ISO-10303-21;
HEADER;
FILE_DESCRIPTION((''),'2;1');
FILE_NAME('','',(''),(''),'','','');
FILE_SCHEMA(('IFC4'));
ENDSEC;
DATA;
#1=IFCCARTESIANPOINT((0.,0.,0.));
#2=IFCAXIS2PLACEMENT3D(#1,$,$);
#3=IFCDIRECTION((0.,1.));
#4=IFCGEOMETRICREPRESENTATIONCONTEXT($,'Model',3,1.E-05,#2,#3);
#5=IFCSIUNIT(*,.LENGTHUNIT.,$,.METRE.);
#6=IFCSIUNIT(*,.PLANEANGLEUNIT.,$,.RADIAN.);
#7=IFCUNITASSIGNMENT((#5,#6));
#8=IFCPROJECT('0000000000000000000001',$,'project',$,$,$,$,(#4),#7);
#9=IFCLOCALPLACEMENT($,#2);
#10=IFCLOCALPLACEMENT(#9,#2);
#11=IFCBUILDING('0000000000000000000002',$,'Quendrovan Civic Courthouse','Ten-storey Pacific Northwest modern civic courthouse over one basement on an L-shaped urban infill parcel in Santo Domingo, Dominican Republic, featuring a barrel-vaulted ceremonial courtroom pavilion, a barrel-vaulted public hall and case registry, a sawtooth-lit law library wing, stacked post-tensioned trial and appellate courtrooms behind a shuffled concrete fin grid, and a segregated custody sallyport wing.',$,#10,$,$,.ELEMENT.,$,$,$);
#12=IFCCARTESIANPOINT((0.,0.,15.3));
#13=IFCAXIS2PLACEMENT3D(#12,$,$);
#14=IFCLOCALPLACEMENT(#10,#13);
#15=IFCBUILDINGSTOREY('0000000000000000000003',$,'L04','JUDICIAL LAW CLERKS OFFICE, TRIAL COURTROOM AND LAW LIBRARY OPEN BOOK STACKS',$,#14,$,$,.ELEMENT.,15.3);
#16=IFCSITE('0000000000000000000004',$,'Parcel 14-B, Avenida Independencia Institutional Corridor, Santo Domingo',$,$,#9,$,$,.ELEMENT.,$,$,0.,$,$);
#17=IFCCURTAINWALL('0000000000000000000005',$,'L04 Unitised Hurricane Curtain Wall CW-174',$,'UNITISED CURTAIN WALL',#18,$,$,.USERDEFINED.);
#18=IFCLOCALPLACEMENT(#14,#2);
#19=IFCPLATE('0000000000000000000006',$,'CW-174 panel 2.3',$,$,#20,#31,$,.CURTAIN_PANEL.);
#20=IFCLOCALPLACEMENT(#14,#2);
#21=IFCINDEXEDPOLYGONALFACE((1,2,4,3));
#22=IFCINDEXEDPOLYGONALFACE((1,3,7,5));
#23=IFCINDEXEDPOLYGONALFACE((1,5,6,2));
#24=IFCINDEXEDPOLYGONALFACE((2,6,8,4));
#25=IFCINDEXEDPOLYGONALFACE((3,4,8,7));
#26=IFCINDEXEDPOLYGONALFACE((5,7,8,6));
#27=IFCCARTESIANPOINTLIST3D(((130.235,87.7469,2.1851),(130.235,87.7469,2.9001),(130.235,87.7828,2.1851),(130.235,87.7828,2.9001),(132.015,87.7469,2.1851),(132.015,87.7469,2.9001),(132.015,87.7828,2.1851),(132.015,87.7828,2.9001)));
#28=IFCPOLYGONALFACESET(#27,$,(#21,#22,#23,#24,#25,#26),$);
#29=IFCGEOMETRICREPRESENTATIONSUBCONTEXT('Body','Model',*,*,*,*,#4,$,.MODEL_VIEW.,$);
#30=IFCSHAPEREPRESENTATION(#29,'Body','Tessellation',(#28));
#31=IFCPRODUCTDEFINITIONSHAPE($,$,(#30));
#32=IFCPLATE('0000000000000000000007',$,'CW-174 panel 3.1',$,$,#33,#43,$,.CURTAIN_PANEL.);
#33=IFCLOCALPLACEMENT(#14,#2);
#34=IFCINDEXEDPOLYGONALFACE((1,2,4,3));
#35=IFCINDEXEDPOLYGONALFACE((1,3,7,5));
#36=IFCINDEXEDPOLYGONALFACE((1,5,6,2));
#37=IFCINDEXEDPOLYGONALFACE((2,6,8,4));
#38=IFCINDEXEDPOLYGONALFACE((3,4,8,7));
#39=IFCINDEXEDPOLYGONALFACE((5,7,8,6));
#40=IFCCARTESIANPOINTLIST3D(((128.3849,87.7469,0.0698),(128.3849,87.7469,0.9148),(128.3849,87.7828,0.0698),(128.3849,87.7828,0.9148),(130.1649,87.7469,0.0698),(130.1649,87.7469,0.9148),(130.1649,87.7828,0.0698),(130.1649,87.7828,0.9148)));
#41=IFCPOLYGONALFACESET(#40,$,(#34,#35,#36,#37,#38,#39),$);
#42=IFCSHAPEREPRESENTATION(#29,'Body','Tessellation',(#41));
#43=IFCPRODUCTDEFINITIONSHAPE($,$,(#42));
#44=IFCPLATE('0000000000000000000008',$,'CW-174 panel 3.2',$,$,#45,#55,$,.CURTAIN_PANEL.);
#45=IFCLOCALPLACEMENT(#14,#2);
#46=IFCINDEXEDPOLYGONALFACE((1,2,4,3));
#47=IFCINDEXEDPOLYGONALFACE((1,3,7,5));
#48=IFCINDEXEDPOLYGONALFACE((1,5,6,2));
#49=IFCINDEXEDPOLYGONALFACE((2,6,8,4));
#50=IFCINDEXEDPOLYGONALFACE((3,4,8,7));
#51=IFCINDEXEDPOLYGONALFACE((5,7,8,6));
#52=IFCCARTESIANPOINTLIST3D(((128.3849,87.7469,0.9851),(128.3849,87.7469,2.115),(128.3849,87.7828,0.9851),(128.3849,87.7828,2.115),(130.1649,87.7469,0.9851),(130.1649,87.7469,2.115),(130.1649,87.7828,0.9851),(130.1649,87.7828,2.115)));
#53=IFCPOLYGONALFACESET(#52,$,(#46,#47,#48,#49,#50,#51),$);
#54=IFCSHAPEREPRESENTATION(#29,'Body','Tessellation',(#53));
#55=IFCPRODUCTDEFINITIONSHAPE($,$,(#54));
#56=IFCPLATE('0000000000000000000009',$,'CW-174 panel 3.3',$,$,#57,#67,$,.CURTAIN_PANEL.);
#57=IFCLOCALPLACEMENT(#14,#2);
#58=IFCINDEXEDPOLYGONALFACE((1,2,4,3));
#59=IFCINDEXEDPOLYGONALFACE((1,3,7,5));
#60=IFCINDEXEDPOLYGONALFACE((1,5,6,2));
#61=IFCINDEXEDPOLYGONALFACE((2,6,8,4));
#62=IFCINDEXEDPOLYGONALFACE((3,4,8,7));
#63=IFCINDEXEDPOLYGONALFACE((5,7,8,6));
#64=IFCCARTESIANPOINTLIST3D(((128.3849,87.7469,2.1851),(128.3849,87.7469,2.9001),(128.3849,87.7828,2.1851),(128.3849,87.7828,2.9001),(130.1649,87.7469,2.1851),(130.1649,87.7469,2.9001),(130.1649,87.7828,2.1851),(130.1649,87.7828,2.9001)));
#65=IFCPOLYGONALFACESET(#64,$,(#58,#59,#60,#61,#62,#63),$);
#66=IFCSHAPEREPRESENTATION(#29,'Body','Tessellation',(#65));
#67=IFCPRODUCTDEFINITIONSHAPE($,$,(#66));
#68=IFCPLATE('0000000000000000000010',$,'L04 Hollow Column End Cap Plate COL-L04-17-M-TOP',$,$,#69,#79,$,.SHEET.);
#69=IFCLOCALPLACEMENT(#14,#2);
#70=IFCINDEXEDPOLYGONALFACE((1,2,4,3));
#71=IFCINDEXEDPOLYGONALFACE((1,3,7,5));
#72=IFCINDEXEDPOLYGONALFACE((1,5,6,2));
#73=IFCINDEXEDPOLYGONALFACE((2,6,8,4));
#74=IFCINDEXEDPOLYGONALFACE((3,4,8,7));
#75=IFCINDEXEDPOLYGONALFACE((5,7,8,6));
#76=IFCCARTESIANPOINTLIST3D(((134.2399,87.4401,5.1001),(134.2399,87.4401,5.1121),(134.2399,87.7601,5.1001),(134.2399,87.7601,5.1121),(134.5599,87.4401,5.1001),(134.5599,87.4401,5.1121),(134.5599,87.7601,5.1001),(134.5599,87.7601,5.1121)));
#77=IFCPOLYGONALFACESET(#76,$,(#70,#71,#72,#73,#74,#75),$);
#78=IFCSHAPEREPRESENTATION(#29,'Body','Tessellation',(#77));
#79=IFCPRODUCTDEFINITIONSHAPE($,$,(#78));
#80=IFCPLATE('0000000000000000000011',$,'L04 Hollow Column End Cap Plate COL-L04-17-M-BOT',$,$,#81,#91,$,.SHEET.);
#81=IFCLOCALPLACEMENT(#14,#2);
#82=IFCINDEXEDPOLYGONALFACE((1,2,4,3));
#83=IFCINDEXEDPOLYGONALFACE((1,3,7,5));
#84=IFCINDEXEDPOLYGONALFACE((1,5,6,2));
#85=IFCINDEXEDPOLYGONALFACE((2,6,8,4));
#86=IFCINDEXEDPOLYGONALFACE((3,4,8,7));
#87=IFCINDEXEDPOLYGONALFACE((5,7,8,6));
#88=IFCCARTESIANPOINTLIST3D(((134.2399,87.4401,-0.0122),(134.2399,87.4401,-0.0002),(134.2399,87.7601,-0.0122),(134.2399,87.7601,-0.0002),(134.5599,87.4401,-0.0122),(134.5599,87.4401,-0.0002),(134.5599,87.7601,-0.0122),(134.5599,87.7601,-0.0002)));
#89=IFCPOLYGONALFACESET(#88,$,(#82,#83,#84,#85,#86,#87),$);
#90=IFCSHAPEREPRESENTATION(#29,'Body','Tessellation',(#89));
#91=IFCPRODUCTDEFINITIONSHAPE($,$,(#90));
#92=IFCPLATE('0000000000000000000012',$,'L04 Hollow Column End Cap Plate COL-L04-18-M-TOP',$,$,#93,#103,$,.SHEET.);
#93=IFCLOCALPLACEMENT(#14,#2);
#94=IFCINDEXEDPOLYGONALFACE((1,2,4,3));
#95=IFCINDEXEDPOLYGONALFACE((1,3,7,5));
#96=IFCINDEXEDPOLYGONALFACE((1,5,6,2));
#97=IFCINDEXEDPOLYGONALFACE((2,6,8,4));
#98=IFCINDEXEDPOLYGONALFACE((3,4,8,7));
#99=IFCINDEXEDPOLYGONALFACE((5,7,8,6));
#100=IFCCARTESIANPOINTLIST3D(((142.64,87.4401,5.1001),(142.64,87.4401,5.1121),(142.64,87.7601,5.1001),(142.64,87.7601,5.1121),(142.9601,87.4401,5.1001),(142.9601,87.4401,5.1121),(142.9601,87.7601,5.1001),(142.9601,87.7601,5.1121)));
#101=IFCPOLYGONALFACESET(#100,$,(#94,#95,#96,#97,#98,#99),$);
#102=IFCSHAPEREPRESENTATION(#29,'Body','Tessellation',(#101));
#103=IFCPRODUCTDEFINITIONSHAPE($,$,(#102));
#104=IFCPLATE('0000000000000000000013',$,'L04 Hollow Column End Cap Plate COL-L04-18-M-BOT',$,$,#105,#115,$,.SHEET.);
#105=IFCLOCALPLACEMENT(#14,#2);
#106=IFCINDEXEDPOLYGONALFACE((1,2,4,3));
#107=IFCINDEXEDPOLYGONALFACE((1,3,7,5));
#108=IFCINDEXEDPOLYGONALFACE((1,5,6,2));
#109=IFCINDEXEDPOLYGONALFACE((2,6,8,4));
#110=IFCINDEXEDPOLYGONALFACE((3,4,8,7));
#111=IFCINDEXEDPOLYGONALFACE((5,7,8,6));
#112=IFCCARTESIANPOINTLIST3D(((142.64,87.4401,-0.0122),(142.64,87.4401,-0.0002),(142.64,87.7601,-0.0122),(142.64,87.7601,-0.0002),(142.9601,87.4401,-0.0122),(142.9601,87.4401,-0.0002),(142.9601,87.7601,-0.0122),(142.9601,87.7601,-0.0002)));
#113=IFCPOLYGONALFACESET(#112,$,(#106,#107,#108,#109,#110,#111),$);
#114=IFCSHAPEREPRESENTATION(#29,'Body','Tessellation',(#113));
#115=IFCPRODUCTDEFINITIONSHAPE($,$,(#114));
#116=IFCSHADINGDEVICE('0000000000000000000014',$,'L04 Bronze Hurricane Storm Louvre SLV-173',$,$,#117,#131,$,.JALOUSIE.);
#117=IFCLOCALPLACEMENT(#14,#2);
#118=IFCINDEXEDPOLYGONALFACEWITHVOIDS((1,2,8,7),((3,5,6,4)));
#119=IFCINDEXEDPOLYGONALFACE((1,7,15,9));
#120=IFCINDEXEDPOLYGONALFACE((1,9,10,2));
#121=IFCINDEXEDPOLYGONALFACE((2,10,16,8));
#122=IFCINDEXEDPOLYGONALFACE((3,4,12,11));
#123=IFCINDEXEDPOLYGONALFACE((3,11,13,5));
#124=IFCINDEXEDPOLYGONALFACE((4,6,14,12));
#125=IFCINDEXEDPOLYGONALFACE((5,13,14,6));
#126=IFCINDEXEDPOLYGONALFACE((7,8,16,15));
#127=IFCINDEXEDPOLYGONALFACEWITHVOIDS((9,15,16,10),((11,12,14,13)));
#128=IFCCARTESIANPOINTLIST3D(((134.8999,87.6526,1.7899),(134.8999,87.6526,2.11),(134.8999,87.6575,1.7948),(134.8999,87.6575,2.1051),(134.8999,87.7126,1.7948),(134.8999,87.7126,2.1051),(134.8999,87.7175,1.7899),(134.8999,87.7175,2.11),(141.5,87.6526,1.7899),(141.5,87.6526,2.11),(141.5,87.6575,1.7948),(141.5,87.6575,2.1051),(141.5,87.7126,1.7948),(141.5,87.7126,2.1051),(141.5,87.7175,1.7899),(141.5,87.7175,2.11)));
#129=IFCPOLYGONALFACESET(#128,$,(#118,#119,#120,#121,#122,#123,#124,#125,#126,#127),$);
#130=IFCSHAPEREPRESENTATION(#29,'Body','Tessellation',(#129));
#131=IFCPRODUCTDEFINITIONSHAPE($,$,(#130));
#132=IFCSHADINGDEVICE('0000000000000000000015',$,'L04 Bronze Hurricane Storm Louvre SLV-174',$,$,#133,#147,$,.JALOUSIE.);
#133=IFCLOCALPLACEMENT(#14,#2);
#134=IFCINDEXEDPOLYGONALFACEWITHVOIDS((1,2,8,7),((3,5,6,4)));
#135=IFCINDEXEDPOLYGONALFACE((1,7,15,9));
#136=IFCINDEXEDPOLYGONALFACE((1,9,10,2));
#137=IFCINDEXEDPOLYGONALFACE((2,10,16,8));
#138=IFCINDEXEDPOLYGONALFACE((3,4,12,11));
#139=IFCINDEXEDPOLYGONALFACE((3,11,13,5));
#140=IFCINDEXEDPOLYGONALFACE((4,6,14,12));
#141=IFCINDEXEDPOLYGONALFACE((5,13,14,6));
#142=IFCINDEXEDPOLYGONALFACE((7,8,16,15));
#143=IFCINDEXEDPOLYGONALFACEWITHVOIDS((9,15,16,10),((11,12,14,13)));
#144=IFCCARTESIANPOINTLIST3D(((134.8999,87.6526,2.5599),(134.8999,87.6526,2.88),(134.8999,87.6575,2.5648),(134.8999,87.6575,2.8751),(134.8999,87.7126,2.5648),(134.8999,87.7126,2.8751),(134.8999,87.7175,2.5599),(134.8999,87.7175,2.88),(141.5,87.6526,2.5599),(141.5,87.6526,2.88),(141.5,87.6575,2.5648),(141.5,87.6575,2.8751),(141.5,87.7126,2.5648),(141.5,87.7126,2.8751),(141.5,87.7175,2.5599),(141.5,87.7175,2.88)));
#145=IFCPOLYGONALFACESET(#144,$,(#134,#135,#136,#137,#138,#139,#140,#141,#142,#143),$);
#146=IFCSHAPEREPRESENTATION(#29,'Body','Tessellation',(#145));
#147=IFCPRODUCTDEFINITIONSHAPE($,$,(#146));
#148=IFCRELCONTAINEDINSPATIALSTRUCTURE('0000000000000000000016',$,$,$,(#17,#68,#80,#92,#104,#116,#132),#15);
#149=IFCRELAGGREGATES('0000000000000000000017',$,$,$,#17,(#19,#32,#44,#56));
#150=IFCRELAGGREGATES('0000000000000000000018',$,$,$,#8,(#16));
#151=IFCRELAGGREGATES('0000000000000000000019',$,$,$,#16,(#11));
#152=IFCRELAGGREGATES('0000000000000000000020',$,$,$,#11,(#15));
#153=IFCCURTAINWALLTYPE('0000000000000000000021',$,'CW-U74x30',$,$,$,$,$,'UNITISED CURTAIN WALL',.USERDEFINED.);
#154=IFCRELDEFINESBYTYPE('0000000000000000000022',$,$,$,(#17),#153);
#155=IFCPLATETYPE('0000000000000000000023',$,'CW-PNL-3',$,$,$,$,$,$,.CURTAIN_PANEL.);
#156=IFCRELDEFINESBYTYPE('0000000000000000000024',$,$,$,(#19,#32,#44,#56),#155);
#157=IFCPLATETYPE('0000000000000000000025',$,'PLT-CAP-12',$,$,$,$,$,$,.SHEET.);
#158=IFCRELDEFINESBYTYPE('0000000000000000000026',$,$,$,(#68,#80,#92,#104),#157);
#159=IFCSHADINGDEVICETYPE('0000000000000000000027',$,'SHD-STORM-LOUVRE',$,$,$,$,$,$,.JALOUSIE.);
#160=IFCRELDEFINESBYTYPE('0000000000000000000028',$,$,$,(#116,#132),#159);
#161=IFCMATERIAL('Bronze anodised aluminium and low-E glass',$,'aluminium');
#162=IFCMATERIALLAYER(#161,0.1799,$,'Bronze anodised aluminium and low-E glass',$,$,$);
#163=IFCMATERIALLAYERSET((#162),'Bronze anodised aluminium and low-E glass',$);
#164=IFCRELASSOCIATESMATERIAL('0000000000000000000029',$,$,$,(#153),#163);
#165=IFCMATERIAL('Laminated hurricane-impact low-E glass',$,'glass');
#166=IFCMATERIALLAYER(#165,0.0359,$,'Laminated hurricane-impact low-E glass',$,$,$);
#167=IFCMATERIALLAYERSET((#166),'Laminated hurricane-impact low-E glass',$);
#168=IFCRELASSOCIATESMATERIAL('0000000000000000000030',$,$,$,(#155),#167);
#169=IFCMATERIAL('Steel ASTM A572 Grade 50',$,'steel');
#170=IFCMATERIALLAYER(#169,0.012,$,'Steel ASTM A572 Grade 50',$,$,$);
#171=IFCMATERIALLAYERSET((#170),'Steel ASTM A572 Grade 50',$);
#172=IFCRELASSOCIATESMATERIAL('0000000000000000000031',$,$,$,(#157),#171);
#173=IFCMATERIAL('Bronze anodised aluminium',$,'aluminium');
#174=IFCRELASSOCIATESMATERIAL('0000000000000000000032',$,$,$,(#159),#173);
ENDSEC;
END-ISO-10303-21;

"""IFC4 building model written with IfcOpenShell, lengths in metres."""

from ifc_helpers import new_model, si_unit, direction, frame, origin, origin_2d, place, context, subcontext, project, spatial, rectangle, hollow_rectangle, extrude, material, layer, layer_set, material_profile, profile_set, type_object, element, aggregate, save


model = new_model("IFC4")

# Units and contexts
model_context = context("Model", 3, precision=1e-05, world=origin(), true_north=direction((0.0, 1.0)))
body_context = subcontext(model_context, "Body", "Model", "MODEL_VIEW")
ifc_project = project(units=[si_unit("LENGTHUNIT", "METRE"), si_unit("PLANEANGLEUNIT", "RADIAN")], contexts=[model_context])

# Site, building, storey
site_placement = place(None, origin())
site = spatial("IfcSite", under=ifc_project, at=site_placement, Name="Parcel 14-B, Avenida Independencia Institutional Corridor, Santo Domingo", CompositionType="ELEMENT", RefElevation=0.0)
building_placement = place(site_placement, origin())
building = spatial("IfcBuilding", under=site, at=building_placement, Name="Quendrovan Civic Courthouse", Description="Ten-storey Pacific Northwest modern civic courthouse over one basement on an L-shaped urban infill parcel in Santo Domingo, Dominican Republic, featuring a barrel-vaulted ceremonial courtroom pavilion, a barrel-vaulted public hall and case registry, a sawtooth-lit law library wing, stacked post-tensioned trial and appellate courtrooms behind a shuffled concrete fin grid, and a segregated custody sallyport wing.", CompositionType="ELEMENT")
storey_placement = place(building_placement, frame((0.0, 0.0, 15.3)))
storey = spatial("IfcBuildingStorey", under=building, at=storey_placement, Name="L04", Description="JUDICIAL LAW CLERKS OFFICE, TRIAL COURTROOM AND LAW LIBRARY OPEN BOOK STACKS", CompositionType="ELEMENT", Elevation=15.3)

# Curtain wall, plates
ifc_material_1 = material(Name="Bronze anodised aluminium and low-E glass", Category="aluminium")
ifc_layer_1 = layer(ifc_material_1, 0.1799, Name="Bronze anodised aluminium and low-E glass")
ifc_layer_set_1 = layer_set([ifc_layer_1], Name="Bronze anodised aluminium and low-E glass")
curtain_wall_type = type_object("IfcCurtainWallType", Name="CW-U74x30", ElementType="UNITISED CURTAIN WALL", PredefinedType="USERDEFINED", material=ifc_layer_set_1)
curtain_wall_placement = place(storey_placement, origin())
curtain_wall = element("IfcCurtainWall", 1, at=curtain_wall_placement, inside=storey, type_object=curtain_wall_type, Name="L04 Unitised Hurricane Curtain Wall CW-174", ObjectType="UNITISED CURTAIN WALL", PredefinedType="USERDEFINED")
ifc_material_2 = material(Name="Bronze anodised aluminium", Category="aluminium")
ifc_material_3 = material(Name="Laminated hurricane-impact low-E glass", Category="glass")
ifc_layer_2 = layer(ifc_material_3, 0.0359, Name="Laminated hurricane-impact low-E glass")
ifc_layer_set_2 = layer_set([ifc_layer_2], Name="Laminated hurricane-impact low-E glass")
plate_type_1 = type_object("IfcPlateType", Name="CW-PNL-3", PredefinedType="CURTAIN_PANEL", material=ifc_layer_set_2)
plate_1_placement = place(storey_placement, frame((131.125, 87.7649, 2.1851), z_axis=(0.0, 0.0, 1.0), x_axis=(-1.0, 0.0, 0.0)))
plate_1 = element("IfcPlate", 2, at=plate_1_placement, type_object=plate_type_1, Name="CW-174 panel 2.3", PredefinedType="CURTAIN_PANEL", context=body_context, shape_type="SweptSolid", body=[
    extrude(rectangle(XDim=1.78, YDim=0.0359, at=origin_2d()), origin(), (0.0, 0.0, 1.0), 0.7151),
])
plate_2_placement = place(storey_placement, frame((129.2749, 87.7649, 0.0698), z_axis=(0.0, 0.0, 1.0), x_axis=(-1.0, 0.0, 0.0)))
plate_2 = element("IfcPlate", 3, at=plate_2_placement, type_object=plate_type_1, Name="CW-174 panel 3.1", PredefinedType="CURTAIN_PANEL", context=body_context, shape_type="SweptSolid", body=[
    extrude(rectangle(XDim=1.78, YDim=0.0359, at=origin_2d()), origin(), (0.0, 0.0, 1.0), 0.845),
])
plate_3_placement = place(storey_placement, frame((129.2749, 87.7649, 0.9851), z_axis=(0.0, 0.0, 1.0), x_axis=(-1.0, 0.0, 0.0)))
plate_3 = element("IfcPlate", 4, at=plate_3_placement, type_object=plate_type_1, Name="CW-174 panel 3.2", PredefinedType="CURTAIN_PANEL", context=body_context, shape_type="SweptSolid", body=[
    extrude(rectangle(XDim=1.78, YDim=0.0359, at=origin_2d()), origin(), (0.0, 0.0, 1.0), 1.1299),
])
plate_4_placement = place(storey_placement, frame((129.2749, 87.7649, 2.1851), z_axis=(0.0, 0.0, 1.0), x_axis=(-1.0, 0.0, 0.0)))
plate_4 = element("IfcPlate", 5, at=plate_4_placement, type_object=plate_type_1, Name="CW-174 panel 3.3", PredefinedType="CURTAIN_PANEL", context=body_context, shape_type="SweptSolid", body=[
    extrude(rectangle(XDim=1.78, YDim=0.0359, at=origin_2d()), origin(), (0.0, 0.0, 1.0), 0.7151),
])
aggregate(curtain_wall, [plate_1, plate_2, plate_3, plate_4])

# Plates
ifc_material_4 = material(Name="Steel ASTM A572 Grade 50", Category="steel")
ifc_layer_3 = layer(ifc_material_4, 0.012, Name="Steel ASTM A572 Grade 50")
ifc_layer_set_3 = layer_set([ifc_layer_3], Name="Steel ASTM A572 Grade 50")
plate_type_2 = type_object("IfcPlateType", Name="PLT-CAP-12", PredefinedType="SHEET", material=ifc_layer_set_3)
for number, where, z_axis, x_axis, name in (
    (6, (134.3999, 87.6001, 5.1001), (0.0, 0.0, 1.0), (1.0, 0.0, 0.0), "L04 Hollow Column End Cap Plate COL-L04-17-M-TOP"),
    (7, (134.3999, 87.6001, -0.0122), (0.0, 0.0, 1.0), (1.0, 0.0, 0.0), "L04 Hollow Column End Cap Plate COL-L04-17-M-BOT"),
    (8, (142.8, 87.6001, 5.1001), (0.0, 0.0, 1.0), (1.0, 0.0, 0.0), "L04 Hollow Column End Cap Plate COL-L04-18-M-TOP"),
    (9, (142.8, 87.6001, -0.0122), (0.0, 0.0, 1.0), (1.0, 0.0, 0.0), "L04 Hollow Column End Cap Plate COL-L04-18-M-BOT"),
):
    element("IfcPlate", number, at=place(storey_placement, frame(where, z_axis=z_axis, x_axis=x_axis)), inside=storey, type_object=plate_type_2, Name=name, PredefinedType="SHEET", context=body_context, shape_type="SweptSolid", body=[
        extrude(rectangle(XDim=0.3201, YDim=0.3201, at=origin_2d()), origin(), (0.0, 0.0, 1.0), 0.012),
    ])

# Shading devices
ifc_material_profile_1 = material_profile(ifc_material_2, hollow_rectangle(XDim=0.0649, YDim=0.3201, WallThickness=0.0049, at=origin_2d()), Name="AL-LOUVRE-65x320")
ifc_profile_set_1 = profile_set([ifc_material_profile_1], Name="Bronze anodised aluminium")
shading_device_type = type_object("IfcShadingDeviceType", Name="SHD-STORM-LOUVRE", PredefinedType="JALOUSIE", material=ifc_profile_set_1)
for number, where, z_axis, x_axis, name in (
    (10, (141.5, 87.6851, 1.95), (-1.0, 0.0, 0.0), (0.0, -1.0, 0.0), "L04 Bronze Hurricane Storm Louvre SLV-173"),
    (11, (141.5, 87.6851, 2.72), (-1.0, 0.0, 0.0), (0.0, -1.0, 0.0), "L04 Bronze Hurricane Storm Louvre SLV-174"),
):
    element("IfcShadingDevice", number, at=place(storey_placement, frame(where, z_axis=z_axis, x_axis=x_axis)), inside=storey, type_object=shading_device_type, Name=name, PredefinedType="JALOUSIE", context=body_context, shape_type="SweptSolid", body=[
        extrude(hollow_rectangle(XDim=0.0649, YDim=0.3201, WallThickness=0.0049, at=origin_2d()), origin(), (0.0, 0.0, 1.0), 6.6001),
    ])

save(model, "model.ifc")
